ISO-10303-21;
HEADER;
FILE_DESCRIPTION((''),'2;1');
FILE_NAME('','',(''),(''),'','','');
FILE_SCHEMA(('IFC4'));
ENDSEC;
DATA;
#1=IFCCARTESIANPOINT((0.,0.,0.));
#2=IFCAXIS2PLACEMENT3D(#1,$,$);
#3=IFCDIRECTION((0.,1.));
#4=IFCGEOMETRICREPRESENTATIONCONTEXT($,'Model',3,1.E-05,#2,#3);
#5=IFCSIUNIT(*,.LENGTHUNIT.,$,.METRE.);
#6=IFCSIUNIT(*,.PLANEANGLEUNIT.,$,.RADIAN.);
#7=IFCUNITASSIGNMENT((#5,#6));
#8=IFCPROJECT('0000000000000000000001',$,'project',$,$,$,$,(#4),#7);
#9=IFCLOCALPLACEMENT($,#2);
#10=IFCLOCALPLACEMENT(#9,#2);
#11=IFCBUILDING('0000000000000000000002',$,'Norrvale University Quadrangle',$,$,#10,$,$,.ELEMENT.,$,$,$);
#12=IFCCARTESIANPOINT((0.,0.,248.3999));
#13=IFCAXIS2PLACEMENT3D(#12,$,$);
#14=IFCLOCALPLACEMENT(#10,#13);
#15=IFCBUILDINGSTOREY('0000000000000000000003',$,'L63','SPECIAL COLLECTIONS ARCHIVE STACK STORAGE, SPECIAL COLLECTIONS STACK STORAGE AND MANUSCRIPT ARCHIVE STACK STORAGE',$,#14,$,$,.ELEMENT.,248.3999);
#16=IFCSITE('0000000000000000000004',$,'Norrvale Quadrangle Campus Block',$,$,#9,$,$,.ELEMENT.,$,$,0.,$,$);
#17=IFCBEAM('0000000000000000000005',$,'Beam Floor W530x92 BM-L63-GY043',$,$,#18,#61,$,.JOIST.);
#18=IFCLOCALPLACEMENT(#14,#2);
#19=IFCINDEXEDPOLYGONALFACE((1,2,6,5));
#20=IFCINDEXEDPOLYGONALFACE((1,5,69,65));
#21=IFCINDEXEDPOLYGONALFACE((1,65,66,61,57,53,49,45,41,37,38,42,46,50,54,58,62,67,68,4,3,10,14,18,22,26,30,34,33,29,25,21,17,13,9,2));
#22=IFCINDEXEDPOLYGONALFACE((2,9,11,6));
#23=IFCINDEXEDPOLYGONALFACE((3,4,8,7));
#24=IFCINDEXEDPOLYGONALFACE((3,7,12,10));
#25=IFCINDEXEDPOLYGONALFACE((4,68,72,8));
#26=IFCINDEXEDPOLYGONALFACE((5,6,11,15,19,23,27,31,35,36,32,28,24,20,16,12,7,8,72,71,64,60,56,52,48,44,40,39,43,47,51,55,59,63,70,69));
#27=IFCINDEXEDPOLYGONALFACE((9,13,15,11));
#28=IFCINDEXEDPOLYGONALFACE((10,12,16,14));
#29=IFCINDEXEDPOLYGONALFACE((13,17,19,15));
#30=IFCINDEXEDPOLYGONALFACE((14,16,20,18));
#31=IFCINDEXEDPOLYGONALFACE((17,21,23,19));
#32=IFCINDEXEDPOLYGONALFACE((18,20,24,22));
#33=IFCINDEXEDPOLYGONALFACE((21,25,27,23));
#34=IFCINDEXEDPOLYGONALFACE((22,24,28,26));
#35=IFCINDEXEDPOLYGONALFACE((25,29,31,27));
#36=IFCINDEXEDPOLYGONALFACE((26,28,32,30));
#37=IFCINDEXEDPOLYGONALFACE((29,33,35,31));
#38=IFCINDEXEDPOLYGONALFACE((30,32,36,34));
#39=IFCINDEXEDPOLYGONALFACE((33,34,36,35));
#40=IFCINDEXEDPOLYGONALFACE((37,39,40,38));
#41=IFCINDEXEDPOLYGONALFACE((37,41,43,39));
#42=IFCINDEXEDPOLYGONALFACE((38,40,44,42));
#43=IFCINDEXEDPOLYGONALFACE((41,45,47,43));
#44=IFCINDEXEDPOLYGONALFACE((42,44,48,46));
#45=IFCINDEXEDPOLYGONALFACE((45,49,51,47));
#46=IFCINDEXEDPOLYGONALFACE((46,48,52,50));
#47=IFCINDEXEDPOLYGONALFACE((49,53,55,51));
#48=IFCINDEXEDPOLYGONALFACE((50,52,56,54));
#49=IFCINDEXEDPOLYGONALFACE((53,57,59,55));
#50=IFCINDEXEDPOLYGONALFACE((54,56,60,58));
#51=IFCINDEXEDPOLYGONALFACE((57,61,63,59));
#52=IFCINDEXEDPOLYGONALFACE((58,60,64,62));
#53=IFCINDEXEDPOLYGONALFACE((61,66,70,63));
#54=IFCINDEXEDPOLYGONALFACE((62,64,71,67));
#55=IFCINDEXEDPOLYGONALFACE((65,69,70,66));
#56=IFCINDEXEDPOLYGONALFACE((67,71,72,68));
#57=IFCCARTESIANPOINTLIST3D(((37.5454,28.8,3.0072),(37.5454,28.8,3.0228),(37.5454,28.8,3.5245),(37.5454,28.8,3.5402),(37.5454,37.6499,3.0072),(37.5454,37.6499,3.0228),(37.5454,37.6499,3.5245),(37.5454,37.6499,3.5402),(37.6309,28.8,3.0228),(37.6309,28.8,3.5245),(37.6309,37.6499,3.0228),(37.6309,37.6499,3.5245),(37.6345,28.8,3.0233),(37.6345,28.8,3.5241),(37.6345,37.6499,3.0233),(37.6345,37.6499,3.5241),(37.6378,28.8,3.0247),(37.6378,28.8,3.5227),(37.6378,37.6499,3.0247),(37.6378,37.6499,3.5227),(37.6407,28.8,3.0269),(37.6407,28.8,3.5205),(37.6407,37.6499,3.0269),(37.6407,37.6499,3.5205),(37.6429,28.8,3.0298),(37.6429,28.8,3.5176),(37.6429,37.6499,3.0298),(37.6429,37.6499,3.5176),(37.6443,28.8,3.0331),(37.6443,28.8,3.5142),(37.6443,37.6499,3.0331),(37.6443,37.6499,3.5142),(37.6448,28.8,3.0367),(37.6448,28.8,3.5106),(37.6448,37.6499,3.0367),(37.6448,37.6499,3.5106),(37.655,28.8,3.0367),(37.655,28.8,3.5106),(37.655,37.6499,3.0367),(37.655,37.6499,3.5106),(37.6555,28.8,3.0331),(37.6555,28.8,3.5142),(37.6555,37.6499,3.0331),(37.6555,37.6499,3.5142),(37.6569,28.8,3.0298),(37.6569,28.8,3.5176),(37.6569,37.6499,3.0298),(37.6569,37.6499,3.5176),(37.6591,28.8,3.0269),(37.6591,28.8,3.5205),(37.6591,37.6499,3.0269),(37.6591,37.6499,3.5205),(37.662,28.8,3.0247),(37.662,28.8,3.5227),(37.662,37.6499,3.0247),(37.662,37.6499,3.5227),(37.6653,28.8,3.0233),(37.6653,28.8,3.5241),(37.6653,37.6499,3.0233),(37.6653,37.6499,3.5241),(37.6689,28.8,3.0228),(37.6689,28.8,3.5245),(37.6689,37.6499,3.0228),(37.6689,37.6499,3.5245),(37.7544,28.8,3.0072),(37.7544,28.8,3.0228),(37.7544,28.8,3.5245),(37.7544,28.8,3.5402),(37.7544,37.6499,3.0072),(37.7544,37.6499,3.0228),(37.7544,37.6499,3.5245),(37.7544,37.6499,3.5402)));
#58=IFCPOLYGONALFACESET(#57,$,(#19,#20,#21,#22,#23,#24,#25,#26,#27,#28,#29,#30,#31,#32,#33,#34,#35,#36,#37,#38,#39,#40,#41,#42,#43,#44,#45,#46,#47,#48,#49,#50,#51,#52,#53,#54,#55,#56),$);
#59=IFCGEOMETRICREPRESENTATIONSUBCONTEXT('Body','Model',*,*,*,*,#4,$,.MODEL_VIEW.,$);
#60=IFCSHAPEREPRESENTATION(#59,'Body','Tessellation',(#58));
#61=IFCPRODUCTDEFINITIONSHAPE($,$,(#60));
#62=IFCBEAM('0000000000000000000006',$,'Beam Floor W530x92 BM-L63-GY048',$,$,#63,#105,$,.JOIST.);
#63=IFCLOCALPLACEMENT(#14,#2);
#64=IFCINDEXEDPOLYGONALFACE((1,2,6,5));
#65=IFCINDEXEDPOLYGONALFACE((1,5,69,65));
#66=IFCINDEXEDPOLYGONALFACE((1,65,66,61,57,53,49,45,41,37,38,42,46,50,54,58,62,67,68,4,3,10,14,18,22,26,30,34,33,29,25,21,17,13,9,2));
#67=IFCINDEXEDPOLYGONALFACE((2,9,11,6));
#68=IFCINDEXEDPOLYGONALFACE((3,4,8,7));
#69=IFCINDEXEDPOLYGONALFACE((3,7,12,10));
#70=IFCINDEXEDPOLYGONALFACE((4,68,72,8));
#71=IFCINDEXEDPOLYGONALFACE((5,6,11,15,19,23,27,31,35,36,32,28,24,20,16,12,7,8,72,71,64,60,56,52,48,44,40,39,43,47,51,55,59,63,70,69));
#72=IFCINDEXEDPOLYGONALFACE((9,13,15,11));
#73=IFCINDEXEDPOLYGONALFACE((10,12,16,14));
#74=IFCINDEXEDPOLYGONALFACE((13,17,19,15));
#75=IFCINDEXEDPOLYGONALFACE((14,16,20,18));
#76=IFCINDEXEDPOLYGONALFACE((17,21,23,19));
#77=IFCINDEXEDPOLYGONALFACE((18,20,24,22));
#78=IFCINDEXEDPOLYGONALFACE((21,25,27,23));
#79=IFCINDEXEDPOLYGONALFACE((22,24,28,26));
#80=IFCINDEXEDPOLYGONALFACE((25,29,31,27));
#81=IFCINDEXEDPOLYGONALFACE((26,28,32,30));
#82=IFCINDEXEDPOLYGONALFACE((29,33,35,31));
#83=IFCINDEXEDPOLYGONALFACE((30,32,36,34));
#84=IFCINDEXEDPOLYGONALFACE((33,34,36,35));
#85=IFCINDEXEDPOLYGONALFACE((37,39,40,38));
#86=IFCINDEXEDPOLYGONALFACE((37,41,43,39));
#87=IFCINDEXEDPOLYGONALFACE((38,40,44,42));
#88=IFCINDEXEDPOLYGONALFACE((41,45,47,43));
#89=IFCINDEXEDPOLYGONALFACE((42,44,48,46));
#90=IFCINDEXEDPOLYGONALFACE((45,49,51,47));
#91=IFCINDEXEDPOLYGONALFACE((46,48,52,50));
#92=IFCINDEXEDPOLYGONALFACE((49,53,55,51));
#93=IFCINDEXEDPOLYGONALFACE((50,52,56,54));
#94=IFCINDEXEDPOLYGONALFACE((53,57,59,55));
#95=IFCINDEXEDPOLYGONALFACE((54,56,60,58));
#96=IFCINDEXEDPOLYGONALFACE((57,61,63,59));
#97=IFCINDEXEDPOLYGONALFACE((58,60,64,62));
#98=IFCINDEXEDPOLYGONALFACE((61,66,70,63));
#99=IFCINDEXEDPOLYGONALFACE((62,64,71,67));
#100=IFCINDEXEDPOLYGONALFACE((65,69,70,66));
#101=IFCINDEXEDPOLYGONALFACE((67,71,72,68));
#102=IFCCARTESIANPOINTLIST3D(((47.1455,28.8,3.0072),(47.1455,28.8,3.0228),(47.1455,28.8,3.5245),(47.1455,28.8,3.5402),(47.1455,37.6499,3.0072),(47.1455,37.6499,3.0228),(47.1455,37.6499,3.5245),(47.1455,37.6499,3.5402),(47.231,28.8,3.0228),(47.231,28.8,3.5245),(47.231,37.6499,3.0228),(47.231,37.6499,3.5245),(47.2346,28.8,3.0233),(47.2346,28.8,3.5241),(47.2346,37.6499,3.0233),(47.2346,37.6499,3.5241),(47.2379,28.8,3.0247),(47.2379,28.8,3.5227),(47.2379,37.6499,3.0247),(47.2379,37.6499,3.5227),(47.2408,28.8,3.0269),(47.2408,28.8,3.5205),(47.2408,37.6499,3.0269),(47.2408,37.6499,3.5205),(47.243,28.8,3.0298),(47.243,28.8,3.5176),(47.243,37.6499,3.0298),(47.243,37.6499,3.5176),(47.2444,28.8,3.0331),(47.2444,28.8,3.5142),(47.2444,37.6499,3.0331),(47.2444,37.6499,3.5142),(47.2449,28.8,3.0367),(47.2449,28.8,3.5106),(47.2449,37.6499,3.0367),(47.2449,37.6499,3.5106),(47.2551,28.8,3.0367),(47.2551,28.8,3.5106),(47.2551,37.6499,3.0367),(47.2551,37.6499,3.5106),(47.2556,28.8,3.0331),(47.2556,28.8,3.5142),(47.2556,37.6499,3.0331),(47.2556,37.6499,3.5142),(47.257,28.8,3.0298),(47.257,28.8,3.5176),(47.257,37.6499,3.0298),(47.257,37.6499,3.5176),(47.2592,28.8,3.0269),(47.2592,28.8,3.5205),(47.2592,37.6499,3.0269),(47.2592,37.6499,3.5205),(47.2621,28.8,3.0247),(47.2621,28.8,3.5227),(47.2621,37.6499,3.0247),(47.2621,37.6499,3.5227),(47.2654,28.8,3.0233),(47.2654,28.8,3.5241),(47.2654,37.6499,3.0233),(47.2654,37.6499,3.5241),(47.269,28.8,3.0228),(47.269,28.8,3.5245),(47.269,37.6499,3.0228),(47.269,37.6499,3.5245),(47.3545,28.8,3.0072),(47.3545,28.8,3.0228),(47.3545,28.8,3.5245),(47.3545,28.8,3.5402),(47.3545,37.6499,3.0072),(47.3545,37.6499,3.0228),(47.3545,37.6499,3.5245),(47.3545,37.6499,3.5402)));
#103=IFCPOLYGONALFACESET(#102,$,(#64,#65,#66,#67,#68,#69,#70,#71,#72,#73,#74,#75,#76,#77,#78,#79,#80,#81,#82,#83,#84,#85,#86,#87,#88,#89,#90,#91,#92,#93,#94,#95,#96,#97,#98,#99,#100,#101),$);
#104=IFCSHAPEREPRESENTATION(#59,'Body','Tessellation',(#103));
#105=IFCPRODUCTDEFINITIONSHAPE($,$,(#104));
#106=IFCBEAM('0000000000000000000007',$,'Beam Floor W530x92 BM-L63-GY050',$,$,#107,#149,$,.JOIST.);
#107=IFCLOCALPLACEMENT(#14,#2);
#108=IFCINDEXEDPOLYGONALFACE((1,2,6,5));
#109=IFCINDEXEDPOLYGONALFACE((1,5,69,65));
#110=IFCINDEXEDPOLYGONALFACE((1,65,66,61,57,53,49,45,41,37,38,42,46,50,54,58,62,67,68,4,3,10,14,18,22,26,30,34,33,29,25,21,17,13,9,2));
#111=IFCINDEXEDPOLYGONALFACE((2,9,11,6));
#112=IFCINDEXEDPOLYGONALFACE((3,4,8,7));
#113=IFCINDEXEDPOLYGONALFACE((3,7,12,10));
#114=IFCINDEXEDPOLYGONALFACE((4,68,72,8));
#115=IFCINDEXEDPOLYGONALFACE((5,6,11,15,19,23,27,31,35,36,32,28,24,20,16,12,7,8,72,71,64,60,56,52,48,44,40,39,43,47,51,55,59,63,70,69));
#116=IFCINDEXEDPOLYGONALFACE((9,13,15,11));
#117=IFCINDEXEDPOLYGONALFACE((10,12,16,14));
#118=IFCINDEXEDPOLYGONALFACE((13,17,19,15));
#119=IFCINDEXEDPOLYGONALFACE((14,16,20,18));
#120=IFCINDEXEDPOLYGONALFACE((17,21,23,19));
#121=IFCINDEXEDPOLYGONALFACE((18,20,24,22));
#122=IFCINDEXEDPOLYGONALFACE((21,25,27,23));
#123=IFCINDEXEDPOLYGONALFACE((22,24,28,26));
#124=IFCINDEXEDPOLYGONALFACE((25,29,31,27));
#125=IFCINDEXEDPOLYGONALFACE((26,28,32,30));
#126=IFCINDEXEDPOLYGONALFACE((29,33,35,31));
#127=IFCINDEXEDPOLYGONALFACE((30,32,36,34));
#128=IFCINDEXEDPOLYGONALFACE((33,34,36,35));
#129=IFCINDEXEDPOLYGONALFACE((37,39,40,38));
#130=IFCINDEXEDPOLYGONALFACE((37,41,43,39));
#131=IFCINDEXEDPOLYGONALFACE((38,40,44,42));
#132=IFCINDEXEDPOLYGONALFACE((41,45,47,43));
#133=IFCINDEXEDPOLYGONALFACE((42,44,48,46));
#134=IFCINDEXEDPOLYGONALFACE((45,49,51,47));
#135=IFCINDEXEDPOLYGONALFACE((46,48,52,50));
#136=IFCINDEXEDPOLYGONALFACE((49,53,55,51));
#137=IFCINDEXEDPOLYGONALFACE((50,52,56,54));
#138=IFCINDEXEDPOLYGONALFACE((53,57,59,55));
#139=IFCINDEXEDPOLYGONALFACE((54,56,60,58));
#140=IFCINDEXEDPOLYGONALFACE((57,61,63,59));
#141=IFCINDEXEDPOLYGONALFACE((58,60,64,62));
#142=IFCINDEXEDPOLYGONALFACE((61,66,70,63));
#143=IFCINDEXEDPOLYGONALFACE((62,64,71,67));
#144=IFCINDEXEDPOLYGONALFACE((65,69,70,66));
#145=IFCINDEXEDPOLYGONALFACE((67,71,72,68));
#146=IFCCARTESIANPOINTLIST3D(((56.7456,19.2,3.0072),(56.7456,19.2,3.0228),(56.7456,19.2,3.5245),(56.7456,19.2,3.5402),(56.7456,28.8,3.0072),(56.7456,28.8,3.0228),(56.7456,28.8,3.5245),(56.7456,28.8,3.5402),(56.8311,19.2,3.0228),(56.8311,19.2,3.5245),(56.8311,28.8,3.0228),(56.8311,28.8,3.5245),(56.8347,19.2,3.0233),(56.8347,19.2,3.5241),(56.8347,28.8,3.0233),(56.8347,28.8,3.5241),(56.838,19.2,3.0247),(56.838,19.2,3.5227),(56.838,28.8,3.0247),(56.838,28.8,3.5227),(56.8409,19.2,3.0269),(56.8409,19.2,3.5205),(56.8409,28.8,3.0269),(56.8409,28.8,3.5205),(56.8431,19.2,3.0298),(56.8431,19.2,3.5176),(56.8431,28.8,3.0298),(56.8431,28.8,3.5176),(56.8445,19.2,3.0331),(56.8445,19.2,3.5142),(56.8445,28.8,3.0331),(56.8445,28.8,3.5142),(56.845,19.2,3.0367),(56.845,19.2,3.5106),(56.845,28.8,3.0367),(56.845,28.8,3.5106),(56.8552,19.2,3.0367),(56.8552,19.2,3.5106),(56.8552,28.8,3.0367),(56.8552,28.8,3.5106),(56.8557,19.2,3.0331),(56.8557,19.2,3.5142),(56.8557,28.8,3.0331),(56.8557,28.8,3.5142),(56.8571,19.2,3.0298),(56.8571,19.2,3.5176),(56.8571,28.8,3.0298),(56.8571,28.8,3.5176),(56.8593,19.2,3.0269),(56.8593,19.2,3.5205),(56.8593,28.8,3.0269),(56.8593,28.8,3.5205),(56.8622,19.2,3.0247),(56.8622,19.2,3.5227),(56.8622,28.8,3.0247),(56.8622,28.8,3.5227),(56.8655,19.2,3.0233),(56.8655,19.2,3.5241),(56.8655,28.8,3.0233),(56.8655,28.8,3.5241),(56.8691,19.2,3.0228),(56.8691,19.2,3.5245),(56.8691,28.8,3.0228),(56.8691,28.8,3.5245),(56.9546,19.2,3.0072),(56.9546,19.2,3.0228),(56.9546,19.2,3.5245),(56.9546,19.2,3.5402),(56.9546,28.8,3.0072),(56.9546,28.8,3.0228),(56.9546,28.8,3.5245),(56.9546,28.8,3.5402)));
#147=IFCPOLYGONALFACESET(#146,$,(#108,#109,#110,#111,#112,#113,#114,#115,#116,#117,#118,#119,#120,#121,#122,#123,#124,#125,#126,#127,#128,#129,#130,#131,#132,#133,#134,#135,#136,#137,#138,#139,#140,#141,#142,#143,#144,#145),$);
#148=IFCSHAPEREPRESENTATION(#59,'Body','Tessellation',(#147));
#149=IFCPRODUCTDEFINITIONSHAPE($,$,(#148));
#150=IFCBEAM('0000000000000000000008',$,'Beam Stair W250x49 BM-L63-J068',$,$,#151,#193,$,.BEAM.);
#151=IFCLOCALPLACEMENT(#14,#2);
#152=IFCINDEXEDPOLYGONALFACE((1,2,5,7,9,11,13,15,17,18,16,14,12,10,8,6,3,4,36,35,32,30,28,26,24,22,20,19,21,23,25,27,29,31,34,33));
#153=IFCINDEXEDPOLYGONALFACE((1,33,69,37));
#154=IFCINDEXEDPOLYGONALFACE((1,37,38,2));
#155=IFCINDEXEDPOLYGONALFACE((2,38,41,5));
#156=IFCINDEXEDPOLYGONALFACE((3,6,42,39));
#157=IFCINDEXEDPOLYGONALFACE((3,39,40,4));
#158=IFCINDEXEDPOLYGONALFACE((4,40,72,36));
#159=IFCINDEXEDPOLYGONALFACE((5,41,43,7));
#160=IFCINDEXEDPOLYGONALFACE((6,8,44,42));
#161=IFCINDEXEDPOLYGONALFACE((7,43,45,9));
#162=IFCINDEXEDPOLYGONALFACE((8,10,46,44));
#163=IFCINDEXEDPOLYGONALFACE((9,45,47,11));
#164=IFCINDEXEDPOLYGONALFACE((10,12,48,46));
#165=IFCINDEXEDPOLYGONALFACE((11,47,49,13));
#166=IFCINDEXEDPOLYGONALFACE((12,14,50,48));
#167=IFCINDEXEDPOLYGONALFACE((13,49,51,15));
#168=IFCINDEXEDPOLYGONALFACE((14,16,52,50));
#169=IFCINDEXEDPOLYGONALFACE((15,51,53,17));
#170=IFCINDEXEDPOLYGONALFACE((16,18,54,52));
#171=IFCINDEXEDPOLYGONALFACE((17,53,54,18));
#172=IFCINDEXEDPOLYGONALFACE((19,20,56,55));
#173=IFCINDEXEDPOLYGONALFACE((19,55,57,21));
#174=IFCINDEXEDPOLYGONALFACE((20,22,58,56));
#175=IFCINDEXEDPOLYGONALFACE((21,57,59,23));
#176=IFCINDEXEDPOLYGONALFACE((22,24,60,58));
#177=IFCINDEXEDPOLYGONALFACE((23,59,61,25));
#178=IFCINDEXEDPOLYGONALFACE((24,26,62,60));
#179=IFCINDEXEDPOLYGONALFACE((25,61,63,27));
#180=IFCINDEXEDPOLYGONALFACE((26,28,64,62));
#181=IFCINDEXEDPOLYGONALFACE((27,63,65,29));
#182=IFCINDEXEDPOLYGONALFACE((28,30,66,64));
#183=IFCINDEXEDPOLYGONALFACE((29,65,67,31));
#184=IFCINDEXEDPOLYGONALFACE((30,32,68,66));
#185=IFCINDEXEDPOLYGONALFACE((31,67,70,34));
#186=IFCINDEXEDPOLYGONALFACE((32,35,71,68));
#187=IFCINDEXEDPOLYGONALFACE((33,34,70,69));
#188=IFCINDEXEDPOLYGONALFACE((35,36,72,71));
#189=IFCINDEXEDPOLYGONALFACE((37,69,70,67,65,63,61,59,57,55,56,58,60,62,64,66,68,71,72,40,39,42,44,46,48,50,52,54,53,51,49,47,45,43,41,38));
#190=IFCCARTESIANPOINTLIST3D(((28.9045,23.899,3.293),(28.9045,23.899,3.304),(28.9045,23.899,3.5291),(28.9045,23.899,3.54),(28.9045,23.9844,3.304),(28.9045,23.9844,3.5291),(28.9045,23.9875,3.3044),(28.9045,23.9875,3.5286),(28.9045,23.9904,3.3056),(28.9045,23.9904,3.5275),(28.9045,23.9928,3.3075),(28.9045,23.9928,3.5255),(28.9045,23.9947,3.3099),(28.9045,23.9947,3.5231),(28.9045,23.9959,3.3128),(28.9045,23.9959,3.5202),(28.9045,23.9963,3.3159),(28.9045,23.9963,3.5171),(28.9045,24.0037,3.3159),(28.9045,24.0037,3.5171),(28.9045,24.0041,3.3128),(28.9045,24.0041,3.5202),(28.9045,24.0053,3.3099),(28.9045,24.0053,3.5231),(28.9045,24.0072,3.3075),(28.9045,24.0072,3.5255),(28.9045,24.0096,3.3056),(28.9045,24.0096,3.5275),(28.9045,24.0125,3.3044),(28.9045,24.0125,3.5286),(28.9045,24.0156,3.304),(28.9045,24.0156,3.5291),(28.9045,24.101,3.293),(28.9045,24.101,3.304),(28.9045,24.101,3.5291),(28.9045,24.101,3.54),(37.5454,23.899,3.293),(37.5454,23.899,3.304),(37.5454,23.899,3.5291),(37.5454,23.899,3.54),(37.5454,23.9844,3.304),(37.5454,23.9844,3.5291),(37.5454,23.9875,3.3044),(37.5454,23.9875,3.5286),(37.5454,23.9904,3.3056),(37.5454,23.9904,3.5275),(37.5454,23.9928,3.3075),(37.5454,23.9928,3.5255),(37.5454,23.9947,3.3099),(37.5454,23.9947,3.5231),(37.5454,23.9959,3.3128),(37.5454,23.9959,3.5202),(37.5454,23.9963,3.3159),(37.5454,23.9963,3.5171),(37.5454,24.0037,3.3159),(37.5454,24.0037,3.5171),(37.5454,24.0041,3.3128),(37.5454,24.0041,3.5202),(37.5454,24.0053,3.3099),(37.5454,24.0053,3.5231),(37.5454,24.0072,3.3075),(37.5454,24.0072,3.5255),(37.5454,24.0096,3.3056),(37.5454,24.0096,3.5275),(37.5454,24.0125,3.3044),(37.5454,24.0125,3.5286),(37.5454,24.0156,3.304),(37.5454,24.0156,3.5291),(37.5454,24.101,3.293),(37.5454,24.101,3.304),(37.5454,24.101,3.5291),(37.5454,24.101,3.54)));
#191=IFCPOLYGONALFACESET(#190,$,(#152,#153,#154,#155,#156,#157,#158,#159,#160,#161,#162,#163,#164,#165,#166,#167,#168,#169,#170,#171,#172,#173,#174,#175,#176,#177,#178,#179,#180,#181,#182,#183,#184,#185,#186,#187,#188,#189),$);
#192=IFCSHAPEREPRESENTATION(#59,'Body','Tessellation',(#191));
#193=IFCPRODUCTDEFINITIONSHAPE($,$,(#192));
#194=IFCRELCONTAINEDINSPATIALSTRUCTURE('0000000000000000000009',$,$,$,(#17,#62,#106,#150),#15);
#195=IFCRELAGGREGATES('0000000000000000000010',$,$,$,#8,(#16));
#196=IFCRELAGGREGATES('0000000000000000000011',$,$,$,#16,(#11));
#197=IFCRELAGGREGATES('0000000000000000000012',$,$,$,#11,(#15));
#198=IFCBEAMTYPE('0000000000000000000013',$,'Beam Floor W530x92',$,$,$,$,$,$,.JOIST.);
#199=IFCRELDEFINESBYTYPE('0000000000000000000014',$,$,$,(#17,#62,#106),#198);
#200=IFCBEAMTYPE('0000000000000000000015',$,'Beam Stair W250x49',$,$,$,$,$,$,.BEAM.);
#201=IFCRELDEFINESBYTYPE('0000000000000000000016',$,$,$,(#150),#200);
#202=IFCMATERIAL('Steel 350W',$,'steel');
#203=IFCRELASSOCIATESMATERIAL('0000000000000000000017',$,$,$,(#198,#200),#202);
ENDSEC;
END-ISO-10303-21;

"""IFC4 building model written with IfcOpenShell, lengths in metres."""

from ifc_helpers import new_model, si_unit, direction, frame, origin, origin_2d, place, context, subcontext, project, spatial, i_section, extrude, material, material_profile, profile_set, type_object, element, save


model = new_model("IFC4")

# Units and contexts
model_context = context("Model", 3, precision=1e-05, world=origin(), true_north=direction((0.0, 1.0)))
body_context = subcontext(model_context, "Body", "Model", "MODEL_VIEW")
ifc_project = project(units=[si_unit("LENGTHUNIT", "METRE"), si_unit("PLANEANGLEUNIT", "RADIAN")], contexts=[model_context])

# Site, building, storey
site_placement = place(None, origin())
site = spatial("IfcSite", under=ifc_project, at=site_placement, Name="Norrvale Quadrangle Campus Block", CompositionType="ELEMENT", RefElevation=0.0)
building_placement = place(site_placement, origin())
building = spatial("IfcBuilding", under=site, at=building_placement, Name="Norrvale University Quadrangle", CompositionType="ELEMENT")
storey_placement = place(building_placement, frame((0.0, 0.0, 248.3999)))
storey = spatial("IfcBuildingStorey", under=building, at=storey_placement, Name="L63", Description="SPECIAL COLLECTIONS ARCHIVE STACK STORAGE, SPECIAL COLLECTIONS STACK STORAGE AND MANUSCRIPT ARCHIVE STACK STORAGE", CompositionType="ELEMENT", Elevation=248.3999)

# Beams
ifc_material_1 = material(Name="Steel 350W", Category="steel")
ifc_material_profile_1 = material_profile(ifc_material_1, i_section(OverallWidth=0.209, OverallDepth=0.533, WebThickness=0.0103, FlangeThickness=0.0156, FilletRadius=0.0139, at=origin_2d()), Name="Steel 350W")
ifc_profile_set_1 = profile_set([ifc_material_profile_1], Name="Steel 350W")
beam_type_1 = type_object("IfcBeamType", Name="Beam Floor W530x92", PredefinedType="JOIST", material=ifc_profile_set_1)
for number, where, z_axis, x_axis, name in (
    (1, (37.6499, 28.8, 3.2737), (0.0, 1.0, 0.0), (-1.0, 0.0, 0.0), "Beam Floor W530x92 BM-L63-GY043"),
    (2, (47.25, 28.8, 3.2737), (0.0, 1.0, 0.0), (-1.0, 0.0, 0.0), "Beam Floor W530x92 BM-L63-GY048"),
):
    element("IfcBeam", number, at=place(storey_placement, frame(where, z_axis=z_axis, x_axis=x_axis)), inside=storey, type_object=beam_type_1, Name=name, PredefinedType="JOIST", context=body_context, shape_type="SweptSolid", body=[
        extrude(i_section(OverallWidth=0.209, OverallDepth=0.533, WebThickness=0.0103, FlangeThickness=0.0156, FilletRadius=0.0139, at=origin_2d()), origin(), (0.0, 0.0, 1.0), 8.8499),
    ])
beam_placement = place(storey_placement, frame((56.8501, 19.2, 3.2737), z_axis=(0.0, 1.0, 0.0), x_axis=(-1.0, 0.0, 0.0)))
element("IfcBeam", 3, at=beam_placement, inside=storey, type_object=beam_type_1, Name="Beam Floor W530x92 BM-L63-GY050", PredefinedType="JOIST", context=body_context, shape_type="SweptSolid", body=[
    extrude(i_section(OverallWidth=0.209, OverallDepth=0.533, WebThickness=0.0103, FlangeThickness=0.0156, FilletRadius=0.0139, at=origin_2d()), origin(), (0.0, 0.0, 1.0), 9.6001),
])
ifc_material_profile_2 = material_profile(ifc_material_1, i_section(OverallWidth=0.2019, OverallDepth=0.2471, WebThickness=0.0073, FlangeThickness=0.011, FilletRadius=0.012, at=origin_2d()), Name="Steel 350W")
ifc_profile_set_2 = profile_set([ifc_material_profile_2], Name="Steel 350W")
beam_type_2 = type_object("IfcBeamType", Name="Beam Stair W250x49", PredefinedType="BEAM", material=ifc_profile_set_2)
for number, where, z_axis, x_axis, name in (
    (4, (28.9045, 24.0, 3.4165), (1.0, 0.0, 0.0), (0.0, 1.0, 0.0), "Beam Stair W250x49 BM-L63-J068"),
):
    element("IfcBeam", number, at=place(storey_placement, frame(where, z_axis=z_axis, x_axis=x_axis)), inside=storey, type_object=beam_type_2, Name=name, PredefinedType="BEAM", context=body_context, shape_type="SweptSolid", body=[
        extrude(i_section(OverallWidth=0.2019, OverallDepth=0.2471, WebThickness=0.0073, FlangeThickness=0.011, FilletRadius=0.012, at=origin_2d()), origin(), (0.0, 0.0, 1.0), 8.6409),
    ])

save(model, "model.ifc")
